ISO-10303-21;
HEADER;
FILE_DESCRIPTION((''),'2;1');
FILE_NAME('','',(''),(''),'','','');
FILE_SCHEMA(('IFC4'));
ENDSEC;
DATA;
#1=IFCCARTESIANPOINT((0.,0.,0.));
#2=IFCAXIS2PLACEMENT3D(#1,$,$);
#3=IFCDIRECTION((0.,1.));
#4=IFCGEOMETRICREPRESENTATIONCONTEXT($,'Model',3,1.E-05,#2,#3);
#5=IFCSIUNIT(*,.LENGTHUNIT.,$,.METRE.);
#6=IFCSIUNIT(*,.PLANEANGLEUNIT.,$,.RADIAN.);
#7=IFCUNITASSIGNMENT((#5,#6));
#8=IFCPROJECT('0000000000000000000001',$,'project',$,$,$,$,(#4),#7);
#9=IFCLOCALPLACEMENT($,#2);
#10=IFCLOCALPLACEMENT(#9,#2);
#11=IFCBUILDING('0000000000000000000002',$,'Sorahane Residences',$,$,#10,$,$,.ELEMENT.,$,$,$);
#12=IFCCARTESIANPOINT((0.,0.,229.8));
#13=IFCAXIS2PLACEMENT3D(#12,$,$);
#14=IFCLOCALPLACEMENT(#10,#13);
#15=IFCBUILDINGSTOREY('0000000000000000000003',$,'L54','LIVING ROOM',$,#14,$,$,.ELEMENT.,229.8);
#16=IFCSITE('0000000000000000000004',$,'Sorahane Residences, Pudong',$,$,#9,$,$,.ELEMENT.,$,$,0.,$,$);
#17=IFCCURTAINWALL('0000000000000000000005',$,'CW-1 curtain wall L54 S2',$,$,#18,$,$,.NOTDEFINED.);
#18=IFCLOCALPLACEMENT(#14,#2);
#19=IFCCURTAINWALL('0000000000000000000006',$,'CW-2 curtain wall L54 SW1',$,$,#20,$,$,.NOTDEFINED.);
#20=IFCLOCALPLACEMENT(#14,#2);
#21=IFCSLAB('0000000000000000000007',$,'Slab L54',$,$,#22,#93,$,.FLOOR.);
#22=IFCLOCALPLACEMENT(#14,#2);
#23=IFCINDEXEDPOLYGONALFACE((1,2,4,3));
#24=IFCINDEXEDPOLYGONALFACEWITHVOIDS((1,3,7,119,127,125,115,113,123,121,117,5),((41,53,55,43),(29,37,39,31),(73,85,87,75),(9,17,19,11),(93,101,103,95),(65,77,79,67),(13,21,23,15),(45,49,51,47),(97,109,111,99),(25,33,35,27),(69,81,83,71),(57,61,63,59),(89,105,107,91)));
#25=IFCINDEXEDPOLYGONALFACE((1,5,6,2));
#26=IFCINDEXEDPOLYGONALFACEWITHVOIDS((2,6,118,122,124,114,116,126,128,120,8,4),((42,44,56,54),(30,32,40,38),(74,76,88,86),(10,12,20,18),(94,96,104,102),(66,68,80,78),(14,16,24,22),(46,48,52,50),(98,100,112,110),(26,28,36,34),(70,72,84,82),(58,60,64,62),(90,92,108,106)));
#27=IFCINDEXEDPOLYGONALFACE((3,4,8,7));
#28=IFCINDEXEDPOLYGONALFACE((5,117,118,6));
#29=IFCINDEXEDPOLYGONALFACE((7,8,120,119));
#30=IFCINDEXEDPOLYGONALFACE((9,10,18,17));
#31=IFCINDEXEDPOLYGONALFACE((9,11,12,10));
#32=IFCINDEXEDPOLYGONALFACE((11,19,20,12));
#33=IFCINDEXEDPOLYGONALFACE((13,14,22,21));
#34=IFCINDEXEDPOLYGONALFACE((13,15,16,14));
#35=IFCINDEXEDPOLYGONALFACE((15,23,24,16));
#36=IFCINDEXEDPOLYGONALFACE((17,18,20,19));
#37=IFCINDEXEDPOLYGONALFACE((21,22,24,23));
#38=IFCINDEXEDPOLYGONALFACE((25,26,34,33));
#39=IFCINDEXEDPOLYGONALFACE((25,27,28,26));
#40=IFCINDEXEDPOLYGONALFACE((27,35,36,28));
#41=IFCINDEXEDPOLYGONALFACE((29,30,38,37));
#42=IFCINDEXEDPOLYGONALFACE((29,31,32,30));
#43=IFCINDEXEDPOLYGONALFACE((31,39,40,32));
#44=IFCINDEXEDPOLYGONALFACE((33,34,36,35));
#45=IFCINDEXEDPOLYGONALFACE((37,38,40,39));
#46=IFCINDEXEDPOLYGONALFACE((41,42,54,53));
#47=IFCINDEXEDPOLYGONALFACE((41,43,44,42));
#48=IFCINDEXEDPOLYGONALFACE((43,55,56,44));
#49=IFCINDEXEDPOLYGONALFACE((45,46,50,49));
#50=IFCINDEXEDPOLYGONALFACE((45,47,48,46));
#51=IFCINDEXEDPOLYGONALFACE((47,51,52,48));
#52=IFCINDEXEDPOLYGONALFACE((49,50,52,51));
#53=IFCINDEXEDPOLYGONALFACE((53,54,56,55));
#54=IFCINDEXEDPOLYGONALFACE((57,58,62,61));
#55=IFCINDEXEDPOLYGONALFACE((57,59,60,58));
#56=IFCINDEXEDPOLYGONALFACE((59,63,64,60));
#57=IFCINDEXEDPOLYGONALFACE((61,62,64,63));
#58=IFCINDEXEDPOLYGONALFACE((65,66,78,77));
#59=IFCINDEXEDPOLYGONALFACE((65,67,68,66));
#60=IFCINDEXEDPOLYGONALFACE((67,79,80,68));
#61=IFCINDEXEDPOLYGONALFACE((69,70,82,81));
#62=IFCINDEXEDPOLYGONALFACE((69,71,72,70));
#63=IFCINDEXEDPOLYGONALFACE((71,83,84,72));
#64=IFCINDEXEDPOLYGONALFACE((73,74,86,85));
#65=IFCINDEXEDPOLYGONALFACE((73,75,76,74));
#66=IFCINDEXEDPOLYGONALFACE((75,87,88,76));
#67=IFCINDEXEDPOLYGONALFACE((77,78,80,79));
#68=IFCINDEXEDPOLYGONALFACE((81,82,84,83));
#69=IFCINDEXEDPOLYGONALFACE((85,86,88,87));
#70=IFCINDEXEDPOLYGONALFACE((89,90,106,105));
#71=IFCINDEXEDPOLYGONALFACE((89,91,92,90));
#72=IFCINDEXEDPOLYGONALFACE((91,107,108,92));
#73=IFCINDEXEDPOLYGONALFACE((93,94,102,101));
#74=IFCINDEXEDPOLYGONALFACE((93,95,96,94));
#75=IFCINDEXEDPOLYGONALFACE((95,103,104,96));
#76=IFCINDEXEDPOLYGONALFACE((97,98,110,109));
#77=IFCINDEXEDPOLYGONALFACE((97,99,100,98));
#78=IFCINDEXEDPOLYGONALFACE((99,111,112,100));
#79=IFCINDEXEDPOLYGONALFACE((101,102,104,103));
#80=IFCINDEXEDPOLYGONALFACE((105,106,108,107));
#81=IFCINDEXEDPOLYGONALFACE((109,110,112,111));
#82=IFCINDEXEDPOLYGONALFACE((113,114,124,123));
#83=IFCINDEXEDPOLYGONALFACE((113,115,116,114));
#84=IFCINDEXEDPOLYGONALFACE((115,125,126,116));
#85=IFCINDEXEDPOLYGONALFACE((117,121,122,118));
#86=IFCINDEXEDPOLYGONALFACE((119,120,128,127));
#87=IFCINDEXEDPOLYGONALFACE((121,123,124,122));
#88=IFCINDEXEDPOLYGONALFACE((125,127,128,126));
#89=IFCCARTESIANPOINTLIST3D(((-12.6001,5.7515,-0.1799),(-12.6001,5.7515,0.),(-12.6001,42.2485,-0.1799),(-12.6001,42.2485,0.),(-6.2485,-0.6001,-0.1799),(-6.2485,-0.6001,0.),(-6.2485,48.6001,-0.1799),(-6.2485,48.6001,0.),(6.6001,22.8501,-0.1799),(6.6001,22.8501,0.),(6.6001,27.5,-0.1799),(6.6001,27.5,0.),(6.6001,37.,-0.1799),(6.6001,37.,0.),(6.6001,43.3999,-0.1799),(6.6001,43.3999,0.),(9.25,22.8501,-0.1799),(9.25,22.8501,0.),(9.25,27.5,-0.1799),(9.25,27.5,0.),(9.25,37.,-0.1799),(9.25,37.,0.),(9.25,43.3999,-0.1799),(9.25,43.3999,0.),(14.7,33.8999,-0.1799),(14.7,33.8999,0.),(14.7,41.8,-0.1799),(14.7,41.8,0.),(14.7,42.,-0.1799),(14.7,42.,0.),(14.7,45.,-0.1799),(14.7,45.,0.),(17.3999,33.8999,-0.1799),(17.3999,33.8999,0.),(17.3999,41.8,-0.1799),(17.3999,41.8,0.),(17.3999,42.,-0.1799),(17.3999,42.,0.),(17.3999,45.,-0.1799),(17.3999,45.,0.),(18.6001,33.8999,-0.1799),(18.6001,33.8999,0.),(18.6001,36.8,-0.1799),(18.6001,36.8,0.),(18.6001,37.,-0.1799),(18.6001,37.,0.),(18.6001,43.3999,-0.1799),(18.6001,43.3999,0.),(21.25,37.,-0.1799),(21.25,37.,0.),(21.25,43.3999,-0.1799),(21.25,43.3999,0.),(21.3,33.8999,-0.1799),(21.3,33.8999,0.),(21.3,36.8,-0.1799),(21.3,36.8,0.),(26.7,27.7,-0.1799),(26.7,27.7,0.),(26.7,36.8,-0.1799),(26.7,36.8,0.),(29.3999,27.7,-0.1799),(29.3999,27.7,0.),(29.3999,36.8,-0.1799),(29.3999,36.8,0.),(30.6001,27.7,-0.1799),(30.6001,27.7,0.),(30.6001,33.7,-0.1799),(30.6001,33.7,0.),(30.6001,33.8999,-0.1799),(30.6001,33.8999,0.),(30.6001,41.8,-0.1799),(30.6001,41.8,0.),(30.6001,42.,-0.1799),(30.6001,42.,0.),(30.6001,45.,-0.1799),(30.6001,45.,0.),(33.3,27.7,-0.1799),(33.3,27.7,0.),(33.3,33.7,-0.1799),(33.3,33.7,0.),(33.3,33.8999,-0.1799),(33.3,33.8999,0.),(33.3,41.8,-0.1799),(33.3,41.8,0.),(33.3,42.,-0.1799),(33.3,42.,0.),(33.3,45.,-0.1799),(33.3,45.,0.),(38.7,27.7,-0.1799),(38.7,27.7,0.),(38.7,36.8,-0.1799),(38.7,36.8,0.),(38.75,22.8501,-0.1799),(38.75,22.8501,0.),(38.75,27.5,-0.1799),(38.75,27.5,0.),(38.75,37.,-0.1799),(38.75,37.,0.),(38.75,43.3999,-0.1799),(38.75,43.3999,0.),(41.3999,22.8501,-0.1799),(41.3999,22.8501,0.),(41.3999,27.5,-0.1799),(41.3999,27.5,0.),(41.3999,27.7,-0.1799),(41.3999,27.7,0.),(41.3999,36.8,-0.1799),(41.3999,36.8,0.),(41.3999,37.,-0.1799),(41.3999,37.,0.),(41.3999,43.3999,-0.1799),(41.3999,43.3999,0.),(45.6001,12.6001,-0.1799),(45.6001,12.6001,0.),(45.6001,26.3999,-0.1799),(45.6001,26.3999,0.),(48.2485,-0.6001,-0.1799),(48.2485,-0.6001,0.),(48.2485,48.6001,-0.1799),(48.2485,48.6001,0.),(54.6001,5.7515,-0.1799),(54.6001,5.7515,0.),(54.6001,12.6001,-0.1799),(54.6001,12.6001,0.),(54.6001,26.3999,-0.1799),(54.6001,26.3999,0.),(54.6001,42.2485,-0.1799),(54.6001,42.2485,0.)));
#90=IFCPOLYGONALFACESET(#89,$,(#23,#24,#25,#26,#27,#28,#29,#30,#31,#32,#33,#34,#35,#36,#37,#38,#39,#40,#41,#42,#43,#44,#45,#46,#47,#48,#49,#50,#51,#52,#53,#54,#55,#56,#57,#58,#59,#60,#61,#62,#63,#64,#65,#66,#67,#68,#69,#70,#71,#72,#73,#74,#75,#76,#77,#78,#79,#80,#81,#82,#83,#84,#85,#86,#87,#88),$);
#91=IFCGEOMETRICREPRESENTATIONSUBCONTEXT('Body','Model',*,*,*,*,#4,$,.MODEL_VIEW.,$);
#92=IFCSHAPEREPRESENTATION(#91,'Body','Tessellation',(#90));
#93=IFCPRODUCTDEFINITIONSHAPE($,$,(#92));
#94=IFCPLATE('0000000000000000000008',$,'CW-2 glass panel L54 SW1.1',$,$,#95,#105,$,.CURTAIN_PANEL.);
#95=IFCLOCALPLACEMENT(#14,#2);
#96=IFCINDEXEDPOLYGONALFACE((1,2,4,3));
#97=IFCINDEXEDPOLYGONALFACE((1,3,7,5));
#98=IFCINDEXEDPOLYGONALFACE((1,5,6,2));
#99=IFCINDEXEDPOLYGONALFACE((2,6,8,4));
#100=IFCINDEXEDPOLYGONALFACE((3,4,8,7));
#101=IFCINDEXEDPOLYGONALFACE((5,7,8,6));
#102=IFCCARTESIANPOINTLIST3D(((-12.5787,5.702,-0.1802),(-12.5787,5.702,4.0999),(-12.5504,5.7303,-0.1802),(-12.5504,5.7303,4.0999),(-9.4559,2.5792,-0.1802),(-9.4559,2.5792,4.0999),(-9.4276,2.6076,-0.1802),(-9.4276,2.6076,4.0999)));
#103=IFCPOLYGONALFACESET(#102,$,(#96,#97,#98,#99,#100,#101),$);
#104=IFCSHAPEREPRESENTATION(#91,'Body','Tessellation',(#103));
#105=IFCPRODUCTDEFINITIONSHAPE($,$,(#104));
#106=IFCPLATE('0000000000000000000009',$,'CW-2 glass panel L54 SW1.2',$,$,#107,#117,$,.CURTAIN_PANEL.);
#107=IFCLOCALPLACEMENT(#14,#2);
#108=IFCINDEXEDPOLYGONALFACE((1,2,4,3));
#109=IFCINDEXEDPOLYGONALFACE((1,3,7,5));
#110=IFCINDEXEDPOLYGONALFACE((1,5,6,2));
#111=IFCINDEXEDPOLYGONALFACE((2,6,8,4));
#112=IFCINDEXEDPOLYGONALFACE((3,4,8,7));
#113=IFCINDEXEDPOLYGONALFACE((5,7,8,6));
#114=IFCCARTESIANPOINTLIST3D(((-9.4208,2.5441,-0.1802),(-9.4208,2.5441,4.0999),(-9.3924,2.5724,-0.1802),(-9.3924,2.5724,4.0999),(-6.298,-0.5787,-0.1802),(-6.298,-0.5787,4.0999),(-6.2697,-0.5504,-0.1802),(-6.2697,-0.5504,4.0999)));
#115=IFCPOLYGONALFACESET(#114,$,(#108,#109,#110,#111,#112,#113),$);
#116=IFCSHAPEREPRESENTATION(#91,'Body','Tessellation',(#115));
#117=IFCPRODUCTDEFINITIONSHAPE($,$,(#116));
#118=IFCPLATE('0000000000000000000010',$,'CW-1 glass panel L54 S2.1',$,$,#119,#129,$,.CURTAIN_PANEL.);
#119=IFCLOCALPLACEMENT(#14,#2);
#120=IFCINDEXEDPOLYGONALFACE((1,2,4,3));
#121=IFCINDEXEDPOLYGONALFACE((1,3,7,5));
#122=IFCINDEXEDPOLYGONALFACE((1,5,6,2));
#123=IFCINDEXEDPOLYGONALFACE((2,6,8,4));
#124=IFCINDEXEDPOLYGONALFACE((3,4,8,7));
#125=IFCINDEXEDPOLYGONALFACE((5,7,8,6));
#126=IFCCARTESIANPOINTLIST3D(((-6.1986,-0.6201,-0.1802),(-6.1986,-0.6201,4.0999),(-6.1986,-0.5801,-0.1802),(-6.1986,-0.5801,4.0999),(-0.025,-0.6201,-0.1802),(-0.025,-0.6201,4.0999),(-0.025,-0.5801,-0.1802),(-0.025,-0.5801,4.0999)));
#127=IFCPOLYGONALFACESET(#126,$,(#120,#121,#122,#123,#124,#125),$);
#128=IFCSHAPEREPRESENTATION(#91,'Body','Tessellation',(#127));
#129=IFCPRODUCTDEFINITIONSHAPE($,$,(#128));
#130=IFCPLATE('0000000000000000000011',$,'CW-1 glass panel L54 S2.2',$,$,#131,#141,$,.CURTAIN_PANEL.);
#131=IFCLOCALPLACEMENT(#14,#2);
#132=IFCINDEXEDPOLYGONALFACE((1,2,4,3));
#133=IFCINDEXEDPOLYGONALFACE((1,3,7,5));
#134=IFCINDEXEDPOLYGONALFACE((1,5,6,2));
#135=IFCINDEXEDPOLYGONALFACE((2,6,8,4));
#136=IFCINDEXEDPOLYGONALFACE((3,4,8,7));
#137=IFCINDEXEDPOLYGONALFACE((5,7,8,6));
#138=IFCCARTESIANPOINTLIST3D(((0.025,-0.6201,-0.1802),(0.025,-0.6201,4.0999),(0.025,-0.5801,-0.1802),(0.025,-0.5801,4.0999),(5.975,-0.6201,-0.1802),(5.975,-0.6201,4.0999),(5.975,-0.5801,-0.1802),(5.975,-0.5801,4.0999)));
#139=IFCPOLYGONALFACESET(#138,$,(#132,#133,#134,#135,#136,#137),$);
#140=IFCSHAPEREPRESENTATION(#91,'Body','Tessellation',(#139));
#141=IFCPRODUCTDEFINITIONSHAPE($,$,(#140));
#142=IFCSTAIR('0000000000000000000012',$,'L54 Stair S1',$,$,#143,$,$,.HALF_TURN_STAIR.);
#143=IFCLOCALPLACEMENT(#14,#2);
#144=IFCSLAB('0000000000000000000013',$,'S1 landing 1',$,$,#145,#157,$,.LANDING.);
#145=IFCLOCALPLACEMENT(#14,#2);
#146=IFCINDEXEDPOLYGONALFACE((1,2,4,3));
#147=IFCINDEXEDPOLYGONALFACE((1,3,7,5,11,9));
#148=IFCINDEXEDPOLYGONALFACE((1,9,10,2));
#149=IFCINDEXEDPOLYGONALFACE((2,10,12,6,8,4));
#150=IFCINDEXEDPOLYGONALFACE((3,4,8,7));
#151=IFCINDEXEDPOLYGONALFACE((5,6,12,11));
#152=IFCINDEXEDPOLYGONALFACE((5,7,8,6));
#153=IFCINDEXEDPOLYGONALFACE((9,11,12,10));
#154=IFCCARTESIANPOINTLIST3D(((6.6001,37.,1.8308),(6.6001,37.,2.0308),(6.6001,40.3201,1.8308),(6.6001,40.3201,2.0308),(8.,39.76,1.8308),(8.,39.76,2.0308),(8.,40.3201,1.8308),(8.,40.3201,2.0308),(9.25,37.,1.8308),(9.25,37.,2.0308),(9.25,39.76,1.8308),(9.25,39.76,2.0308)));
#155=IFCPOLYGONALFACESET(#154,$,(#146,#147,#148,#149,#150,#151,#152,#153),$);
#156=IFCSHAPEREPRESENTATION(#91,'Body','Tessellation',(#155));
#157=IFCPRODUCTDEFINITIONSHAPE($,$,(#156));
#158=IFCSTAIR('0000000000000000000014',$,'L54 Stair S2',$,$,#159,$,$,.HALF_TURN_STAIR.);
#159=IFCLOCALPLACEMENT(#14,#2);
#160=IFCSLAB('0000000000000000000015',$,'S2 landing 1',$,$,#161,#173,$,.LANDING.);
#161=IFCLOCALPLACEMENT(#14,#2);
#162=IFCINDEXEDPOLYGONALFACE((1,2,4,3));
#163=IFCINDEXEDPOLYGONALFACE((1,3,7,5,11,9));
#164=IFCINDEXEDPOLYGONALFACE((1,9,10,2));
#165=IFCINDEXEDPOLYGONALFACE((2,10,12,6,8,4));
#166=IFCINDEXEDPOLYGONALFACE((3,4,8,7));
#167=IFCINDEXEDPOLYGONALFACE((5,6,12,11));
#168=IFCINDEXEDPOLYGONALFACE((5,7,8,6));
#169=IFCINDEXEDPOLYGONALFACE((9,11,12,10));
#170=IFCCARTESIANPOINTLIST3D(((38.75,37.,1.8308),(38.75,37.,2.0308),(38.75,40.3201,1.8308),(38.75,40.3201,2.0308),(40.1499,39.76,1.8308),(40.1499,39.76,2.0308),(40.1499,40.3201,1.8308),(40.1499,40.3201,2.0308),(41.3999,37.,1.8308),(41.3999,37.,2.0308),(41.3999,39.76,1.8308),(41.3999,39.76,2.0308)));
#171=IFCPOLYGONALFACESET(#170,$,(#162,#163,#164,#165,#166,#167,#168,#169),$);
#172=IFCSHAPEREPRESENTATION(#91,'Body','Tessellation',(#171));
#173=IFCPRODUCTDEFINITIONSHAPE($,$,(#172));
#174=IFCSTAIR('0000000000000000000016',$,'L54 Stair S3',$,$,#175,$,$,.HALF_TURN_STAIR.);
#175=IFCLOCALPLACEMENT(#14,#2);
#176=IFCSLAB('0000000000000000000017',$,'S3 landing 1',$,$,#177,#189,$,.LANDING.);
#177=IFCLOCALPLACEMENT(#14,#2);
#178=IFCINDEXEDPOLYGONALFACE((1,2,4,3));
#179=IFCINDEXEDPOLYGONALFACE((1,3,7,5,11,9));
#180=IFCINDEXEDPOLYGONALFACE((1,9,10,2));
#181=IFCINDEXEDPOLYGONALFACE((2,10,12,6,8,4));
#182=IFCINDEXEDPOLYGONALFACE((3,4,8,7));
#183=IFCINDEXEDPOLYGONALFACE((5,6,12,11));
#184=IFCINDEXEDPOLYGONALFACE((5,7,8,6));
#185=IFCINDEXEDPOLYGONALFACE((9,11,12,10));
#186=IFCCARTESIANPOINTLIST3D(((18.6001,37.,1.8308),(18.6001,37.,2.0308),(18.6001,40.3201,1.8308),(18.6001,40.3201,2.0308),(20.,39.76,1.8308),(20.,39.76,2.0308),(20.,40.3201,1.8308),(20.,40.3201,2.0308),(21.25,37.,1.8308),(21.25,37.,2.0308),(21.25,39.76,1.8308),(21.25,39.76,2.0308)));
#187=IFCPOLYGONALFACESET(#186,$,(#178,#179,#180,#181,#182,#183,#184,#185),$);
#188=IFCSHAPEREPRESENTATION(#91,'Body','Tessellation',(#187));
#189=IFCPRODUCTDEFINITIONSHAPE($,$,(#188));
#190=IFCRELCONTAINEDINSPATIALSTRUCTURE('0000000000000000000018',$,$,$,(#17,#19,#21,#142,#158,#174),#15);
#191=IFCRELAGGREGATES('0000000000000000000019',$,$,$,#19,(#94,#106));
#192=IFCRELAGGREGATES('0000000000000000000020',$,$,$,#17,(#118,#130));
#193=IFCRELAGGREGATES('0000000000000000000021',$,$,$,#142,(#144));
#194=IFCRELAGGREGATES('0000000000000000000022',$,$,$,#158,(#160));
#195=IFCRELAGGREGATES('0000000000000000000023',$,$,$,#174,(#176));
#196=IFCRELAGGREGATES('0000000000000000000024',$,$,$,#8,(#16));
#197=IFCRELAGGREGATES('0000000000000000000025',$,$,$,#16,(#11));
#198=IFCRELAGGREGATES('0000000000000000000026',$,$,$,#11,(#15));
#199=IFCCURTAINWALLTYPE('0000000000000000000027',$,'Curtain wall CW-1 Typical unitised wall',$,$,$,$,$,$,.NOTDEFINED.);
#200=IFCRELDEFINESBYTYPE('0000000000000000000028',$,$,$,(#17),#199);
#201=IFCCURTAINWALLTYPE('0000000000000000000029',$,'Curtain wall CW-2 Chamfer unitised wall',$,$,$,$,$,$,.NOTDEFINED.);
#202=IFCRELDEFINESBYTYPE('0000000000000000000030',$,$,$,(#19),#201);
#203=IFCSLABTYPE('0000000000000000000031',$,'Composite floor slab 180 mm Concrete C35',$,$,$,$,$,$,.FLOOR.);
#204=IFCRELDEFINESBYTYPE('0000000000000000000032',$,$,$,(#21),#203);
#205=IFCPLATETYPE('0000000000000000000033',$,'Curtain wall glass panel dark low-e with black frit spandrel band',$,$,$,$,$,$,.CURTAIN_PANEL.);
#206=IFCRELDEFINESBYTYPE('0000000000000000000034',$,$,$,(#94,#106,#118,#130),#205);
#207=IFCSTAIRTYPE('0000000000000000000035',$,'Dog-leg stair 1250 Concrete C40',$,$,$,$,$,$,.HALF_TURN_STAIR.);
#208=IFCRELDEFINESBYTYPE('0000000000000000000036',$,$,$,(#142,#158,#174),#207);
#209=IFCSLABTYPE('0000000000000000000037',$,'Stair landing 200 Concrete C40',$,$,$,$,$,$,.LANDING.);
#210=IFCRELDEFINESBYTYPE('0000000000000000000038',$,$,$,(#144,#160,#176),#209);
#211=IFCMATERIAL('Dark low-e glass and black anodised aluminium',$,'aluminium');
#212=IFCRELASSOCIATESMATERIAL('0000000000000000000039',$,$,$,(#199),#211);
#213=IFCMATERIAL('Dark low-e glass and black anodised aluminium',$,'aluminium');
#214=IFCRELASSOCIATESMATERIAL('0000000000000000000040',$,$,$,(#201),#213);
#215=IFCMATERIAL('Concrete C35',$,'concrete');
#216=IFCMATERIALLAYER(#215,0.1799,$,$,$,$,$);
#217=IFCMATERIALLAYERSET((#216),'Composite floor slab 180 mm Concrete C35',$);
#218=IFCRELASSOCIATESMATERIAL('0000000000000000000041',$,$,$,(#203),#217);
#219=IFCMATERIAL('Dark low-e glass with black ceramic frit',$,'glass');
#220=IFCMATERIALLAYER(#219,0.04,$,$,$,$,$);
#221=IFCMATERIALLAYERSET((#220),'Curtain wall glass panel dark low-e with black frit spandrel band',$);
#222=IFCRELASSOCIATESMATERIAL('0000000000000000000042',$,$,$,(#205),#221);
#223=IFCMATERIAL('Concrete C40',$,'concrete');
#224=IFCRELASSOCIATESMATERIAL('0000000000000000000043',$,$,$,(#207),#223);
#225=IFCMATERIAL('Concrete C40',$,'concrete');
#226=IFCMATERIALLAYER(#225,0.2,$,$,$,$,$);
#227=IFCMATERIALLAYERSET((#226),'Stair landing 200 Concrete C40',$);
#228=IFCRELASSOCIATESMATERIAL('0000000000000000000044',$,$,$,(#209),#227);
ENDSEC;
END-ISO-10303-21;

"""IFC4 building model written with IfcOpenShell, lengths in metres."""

from ifc_helpers import new_model, si_unit, direction, frame, origin, origin_2d, place, context, subcontext, project, spatial, polyline, rectangle, outline, extrude, material, layer, layer_set, type_object, element, aggregate, save


model = new_model("IFC4")

# Units and contexts
model_context = context("Model", 3, precision=1e-05, world=origin(), true_north=direction((0.0, 1.0)))
body_context = subcontext(model_context, "Body", "Model", "MODEL_VIEW")
ifc_project = project(units=[si_unit("LENGTHUNIT", "METRE"), si_unit("PLANEANGLEUNIT", "RADIAN")], contexts=[model_context])

# Site, building, storey
site_placement = place(None, origin())
site = spatial("IfcSite", under=ifc_project, at=site_placement, Name="Sorahane Residences, Pudong", CompositionType="ELEMENT", RefElevation=0.0)
building_placement = place(site_placement, origin())
building = spatial("IfcBuilding", under=site, at=building_placement, Name="Sorahane Residences", CompositionType="ELEMENT")
storey_placement = place(building_placement, frame((0.0, 0.0, 229.8)))
storey = spatial("IfcBuildingStorey", under=building, at=storey_placement, Name="L54", Description="LIVING ROOM", CompositionType="ELEMENT", Elevation=229.8)

# Curtain wall
ifc_material_1 = material(Name="Dark low-e glass and black anodised aluminium", Category="aluminium")
curtain_wall_type_1 = type_object("IfcCurtainWallType", Name="Curtain wall CW-1 Typical unitised wall", PredefinedType="NOTDEFINED", material=ifc_material_1)
curtain_wall_1_placement = place(storey_placement, origin())
curtain_wall_1 = element("IfcCurtainWall", 1, at=curtain_wall_1_placement, inside=storey, type_object=curtain_wall_type_1, Name="CW-1 curtain wall L54 S2", PredefinedType="NOTDEFINED")

# Curtain wall
ifc_material_2 = material(Name="Dark low-e glass and black anodised aluminium", Category="aluminium")
curtain_wall_type_2 = type_object("IfcCurtainWallType", Name="Curtain wall CW-2 Chamfer unitised wall", PredefinedType="NOTDEFINED", material=ifc_material_2)
curtain_wall_2_placement = place(storey_placement, origin())
curtain_wall_2 = element("IfcCurtainWall", 2, at=curtain_wall_2_placement, inside=storey, type_object=curtain_wall_type_2, Name="CW-2 curtain wall L54 SW1", PredefinedType="NOTDEFINED")

# Slab
ifc_material_3 = material(Name="Concrete C35", Category="concrete")
ifc_layer_1 = layer(ifc_material_3, 0.1799)
ifc_layer_set_1 = layer_set([ifc_layer_1], Name="Composite floor slab 180 mm Concrete C35")
slab_type_1 = type_object("IfcSlabType", Name="Composite floor slab 180 mm Concrete C35", PredefinedType="FLOOR", material=ifc_layer_set_1)
slab_1_placement = place(storey_placement, frame((0.0, 0.0, -0.1799)))
element("IfcSlab", 3, at=slab_1_placement, inside=storey, type_object=slab_type_1, Name="Slab L54", PredefinedType="FLOOR", context=body_context, shape_type="SweptSolid", body=[
    extrude(outline(polyline([(54.6001, 5.7515), (48.2485, -0.6001), (-6.2485, -0.6001), (-12.6001, 5.7515), (-12.6001, 42.2485), (-6.2485, 48.6001), (48.2485, 48.6001), (54.6001, 42.2485), (54.6001, 26.3999), (45.6001, 26.3999), (45.6001, 12.6001), (54.6001, 12.6001), (54.6001, 5.7515)]), holes=[polyline([(38.7, 27.7), (41.3999, 27.7), (41.3999, 36.8), (38.7, 36.8), (38.7, 27.7)]), polyline([(30.6001, 27.7), (33.3, 27.7), (33.3, 33.7), (30.6001, 33.7), (30.6001, 27.7)]), polyline([(30.6001, 42.0), (33.3, 42.0), (33.3, 45.0), (30.6001, 45.0), (30.6001, 42.0)]), polyline([(14.7, 42.0), (17.3999, 42.0), (17.3999, 45.0), (14.7, 45.0), (14.7, 42.0)]), polyline([(6.6001, 43.3999), (6.6001, 37.0), (9.25, 37.0), (9.25, 43.3999), (6.6001, 43.3999)]), polyline([(38.75, 43.3999), (38.75, 37.0), (41.3999, 37.0), (41.3999, 43.3999), (38.75, 43.3999)]), polyline([(18.6001, 43.3999), (18.6001, 37.0), (21.25, 37.0), (21.25, 43.3999), (18.6001, 43.3999)]), polyline([(9.25, 22.8501), (9.25, 27.5), (6.6001, 27.5), (6.6001, 22.8501), (9.25, 22.8501)]), polyline([(41.3999, 22.8501), (41.3999, 27.5), (38.75, 27.5), (38.75, 22.8501), (41.3999, 22.8501)]), polyline([(14.7, 33.8999), (17.3999, 33.8999), (17.3999, 41.8), (14.7, 41.8), (14.7, 33.8999)]), polyline([(30.6001, 33.8999), (33.3, 33.8999), (33.3, 41.8), (30.6001, 41.8), (30.6001, 33.8999)]), polyline([(18.6001, 33.8999), (21.3, 33.8999), (21.3, 36.8), (18.6001, 36.8), (18.6001, 33.8999)]), polyline([(26.7, 27.7), (29.3999, 27.7), (29.3999, 36.8), (26.7, 36.8), (26.7, 27.7)])]), origin(), (0.0, 0.0, 1.0), 0.1799),
])

# Plates
ifc_material_4 = material(Name="Dark low-e glass with black ceramic frit", Category="glass")
ifc_layer_2 = layer(ifc_material_4, 0.04)
ifc_layer_set_2 = layer_set([ifc_layer_2], Name="Curtain wall glass panel dark low-e with black frit spandrel band")
plate_type = type_object("IfcPlateType", Name="Curtain wall glass panel dark low-e with black frit spandrel band", PredefinedType="CURTAIN_PANEL", material=ifc_layer_set_2)
plate_1_placement = place(storey_placement, frame((-11.0032, 4.1548, -0.1802), z_axis=(0.0, 0.0, 1.0), x_axis=(0.707107, -0.707107, 0.0)))
plate_1 = element("IfcPlate", 4, at=plate_1_placement, type_object=plate_type, Name="CW-2 glass panel L54 SW1.1", PredefinedType="CURTAIN_PANEL", context=body_context, shape_type="SweptSolid", body=[
    extrude(rectangle(XDim=4.4163, YDim=0.04, at=origin_2d()), origin(), (0.0, 0.0, 1.0), 4.28),
])
plate_2_placement = place(storey_placement, frame((-7.8452, 0.9968, -0.1802), z_axis=(0.0, 0.0, 1.0), x_axis=(0.707107, -0.707107, 0.0)))
plate_2 = element("IfcPlate", 5, at=plate_2_placement, type_object=plate_type, Name="CW-2 glass panel L54 SW1.2", PredefinedType="CURTAIN_PANEL", context=body_context, shape_type="SweptSolid", body=[
    extrude(rectangle(XDim=4.4163, YDim=0.04, at=origin_2d()), origin(), (0.0, 0.0, 1.0), 4.28),
])
aggregate(curtain_wall_2, [plate_1, plate_2])
plate_3_placement = place(storey_placement, frame((-3.1118, -0.6001, -0.1802), z_axis=(0.0, 0.0, 1.0), x_axis=(1.0, 0.0, 0.0)))
plate_3 = element("IfcPlate", 6, at=plate_3_placement, type_object=plate_type, Name="CW-1 glass panel L54 S2.1", PredefinedType="CURTAIN_PANEL", context=body_context, shape_type="SweptSolid", body=[
    extrude(rectangle(XDim=6.1736, YDim=0.04, at=origin_2d()), origin(), (0.0, 0.0, 1.0), 4.28),
])
plate_4_placement = place(storey_placement, frame((3.0, -0.6001, -0.1802), z_axis=(0.0, 0.0, 1.0), x_axis=(1.0, 0.0, 0.0)))
plate_4 = element("IfcPlate", 7, at=plate_4_placement, type_object=plate_type, Name="CW-1 glass panel L54 S2.2", PredefinedType="CURTAIN_PANEL", context=body_context, shape_type="SweptSolid", body=[
    extrude(rectangle(XDim=5.95, YDim=0.04, at=origin_2d()), origin(), (0.0, 0.0, 1.0), 4.28),
])
aggregate(curtain_wall_1, [plate_3, plate_4])

# Stairs, slabs
ifc_material_5 = material(Name="Concrete C40", Category="concrete")
stair_type = type_object("IfcStairType", Name="Dog-leg stair 1250 Concrete C40", PredefinedType="HALF_TURN_STAIR", material=ifc_material_5)
stair_1_placement = place(storey_placement, origin())
stair_1 = element("IfcStair", 8, at=stair_1_placement, inside=storey, type_object=stair_type, Name="L54 Stair S1", PredefinedType="HALF_TURN_STAIR")
ifc_material_6 = material(Name="Concrete C40", Category="concrete")
ifc_layer_3 = layer(ifc_material_6, 0.2)
ifc_layer_set_3 = layer_set([ifc_layer_3], Name="Stair landing 200 Concrete C40")
slab_type_2 = type_object("IfcSlabType", Name="Stair landing 200 Concrete C40", PredefinedType="LANDING", material=ifc_layer_set_3)
slab_2_placement = place(storey_placement, frame((0.0, 0.0, 1.8308)))
slab_2 = element("IfcSlab", 9, at=slab_2_placement, type_object=slab_type_2, Name="S1 landing 1", PredefinedType="LANDING", context=body_context, shape_type="SweptSolid", body=[
    extrude(outline(polyline([(6.6001, 40.3201), (6.6001, 37.0), (9.25, 37.0), (9.25, 39.76), (8.0, 39.76), (8.0, 40.3201), (6.6001, 40.3201)])), origin(), (0.0, 0.0, 1.0), 0.2),
])
aggregate(stair_1, [slab_2])
stair_2_placement = place(storey_placement, origin())
stair_2 = element("IfcStair", 10, at=stair_2_placement, inside=storey, type_object=stair_type, Name="L54 Stair S2", PredefinedType="HALF_TURN_STAIR")
slab_3_placement = place(storey_placement, frame((0.0, 0.0, 1.8308)))
slab_3 = element("IfcSlab", 11, at=slab_3_placement, type_object=slab_type_2, Name="S2 landing 1", PredefinedType="LANDING", context=body_context, shape_type="SweptSolid", body=[
    extrude(outline(polyline([(38.75, 40.3201), (38.75, 37.0), (41.3999, 37.0), (41.3999, 39.76), (40.1499, 39.76), (40.1499, 40.3201), (38.75, 40.3201)])), origin(), (0.0, 0.0, 1.0), 0.2),
])
aggregate(stair_2, [slab_3])
stair_3_placement = place(storey_placement, origin())
stair_3 = element("IfcStair", 12, at=stair_3_placement, inside=storey, type_object=stair_type, Name="L54 Stair S3", PredefinedType="HALF_TURN_STAIR")
slab_4_placement = place(storey_placement, frame((0.0, 0.0, 1.8308)))
slab_4 = element("IfcSlab", 13, at=slab_4_placement, type_object=slab_type_2, Name="S3 landing 1", PredefinedType="LANDING", context=body_context, shape_type="SweptSolid", body=[
    extrude(outline(polyline([(18.6001, 40.3201), (18.6001, 37.0), (21.25, 37.0), (21.25, 39.76), (20.0, 39.76), (20.0, 40.3201), (18.6001, 40.3201)])), origin(), (0.0, 0.0, 1.0), 0.2),
])
aggregate(stair_3, [slab_4])

save(model, "model.ifc")
